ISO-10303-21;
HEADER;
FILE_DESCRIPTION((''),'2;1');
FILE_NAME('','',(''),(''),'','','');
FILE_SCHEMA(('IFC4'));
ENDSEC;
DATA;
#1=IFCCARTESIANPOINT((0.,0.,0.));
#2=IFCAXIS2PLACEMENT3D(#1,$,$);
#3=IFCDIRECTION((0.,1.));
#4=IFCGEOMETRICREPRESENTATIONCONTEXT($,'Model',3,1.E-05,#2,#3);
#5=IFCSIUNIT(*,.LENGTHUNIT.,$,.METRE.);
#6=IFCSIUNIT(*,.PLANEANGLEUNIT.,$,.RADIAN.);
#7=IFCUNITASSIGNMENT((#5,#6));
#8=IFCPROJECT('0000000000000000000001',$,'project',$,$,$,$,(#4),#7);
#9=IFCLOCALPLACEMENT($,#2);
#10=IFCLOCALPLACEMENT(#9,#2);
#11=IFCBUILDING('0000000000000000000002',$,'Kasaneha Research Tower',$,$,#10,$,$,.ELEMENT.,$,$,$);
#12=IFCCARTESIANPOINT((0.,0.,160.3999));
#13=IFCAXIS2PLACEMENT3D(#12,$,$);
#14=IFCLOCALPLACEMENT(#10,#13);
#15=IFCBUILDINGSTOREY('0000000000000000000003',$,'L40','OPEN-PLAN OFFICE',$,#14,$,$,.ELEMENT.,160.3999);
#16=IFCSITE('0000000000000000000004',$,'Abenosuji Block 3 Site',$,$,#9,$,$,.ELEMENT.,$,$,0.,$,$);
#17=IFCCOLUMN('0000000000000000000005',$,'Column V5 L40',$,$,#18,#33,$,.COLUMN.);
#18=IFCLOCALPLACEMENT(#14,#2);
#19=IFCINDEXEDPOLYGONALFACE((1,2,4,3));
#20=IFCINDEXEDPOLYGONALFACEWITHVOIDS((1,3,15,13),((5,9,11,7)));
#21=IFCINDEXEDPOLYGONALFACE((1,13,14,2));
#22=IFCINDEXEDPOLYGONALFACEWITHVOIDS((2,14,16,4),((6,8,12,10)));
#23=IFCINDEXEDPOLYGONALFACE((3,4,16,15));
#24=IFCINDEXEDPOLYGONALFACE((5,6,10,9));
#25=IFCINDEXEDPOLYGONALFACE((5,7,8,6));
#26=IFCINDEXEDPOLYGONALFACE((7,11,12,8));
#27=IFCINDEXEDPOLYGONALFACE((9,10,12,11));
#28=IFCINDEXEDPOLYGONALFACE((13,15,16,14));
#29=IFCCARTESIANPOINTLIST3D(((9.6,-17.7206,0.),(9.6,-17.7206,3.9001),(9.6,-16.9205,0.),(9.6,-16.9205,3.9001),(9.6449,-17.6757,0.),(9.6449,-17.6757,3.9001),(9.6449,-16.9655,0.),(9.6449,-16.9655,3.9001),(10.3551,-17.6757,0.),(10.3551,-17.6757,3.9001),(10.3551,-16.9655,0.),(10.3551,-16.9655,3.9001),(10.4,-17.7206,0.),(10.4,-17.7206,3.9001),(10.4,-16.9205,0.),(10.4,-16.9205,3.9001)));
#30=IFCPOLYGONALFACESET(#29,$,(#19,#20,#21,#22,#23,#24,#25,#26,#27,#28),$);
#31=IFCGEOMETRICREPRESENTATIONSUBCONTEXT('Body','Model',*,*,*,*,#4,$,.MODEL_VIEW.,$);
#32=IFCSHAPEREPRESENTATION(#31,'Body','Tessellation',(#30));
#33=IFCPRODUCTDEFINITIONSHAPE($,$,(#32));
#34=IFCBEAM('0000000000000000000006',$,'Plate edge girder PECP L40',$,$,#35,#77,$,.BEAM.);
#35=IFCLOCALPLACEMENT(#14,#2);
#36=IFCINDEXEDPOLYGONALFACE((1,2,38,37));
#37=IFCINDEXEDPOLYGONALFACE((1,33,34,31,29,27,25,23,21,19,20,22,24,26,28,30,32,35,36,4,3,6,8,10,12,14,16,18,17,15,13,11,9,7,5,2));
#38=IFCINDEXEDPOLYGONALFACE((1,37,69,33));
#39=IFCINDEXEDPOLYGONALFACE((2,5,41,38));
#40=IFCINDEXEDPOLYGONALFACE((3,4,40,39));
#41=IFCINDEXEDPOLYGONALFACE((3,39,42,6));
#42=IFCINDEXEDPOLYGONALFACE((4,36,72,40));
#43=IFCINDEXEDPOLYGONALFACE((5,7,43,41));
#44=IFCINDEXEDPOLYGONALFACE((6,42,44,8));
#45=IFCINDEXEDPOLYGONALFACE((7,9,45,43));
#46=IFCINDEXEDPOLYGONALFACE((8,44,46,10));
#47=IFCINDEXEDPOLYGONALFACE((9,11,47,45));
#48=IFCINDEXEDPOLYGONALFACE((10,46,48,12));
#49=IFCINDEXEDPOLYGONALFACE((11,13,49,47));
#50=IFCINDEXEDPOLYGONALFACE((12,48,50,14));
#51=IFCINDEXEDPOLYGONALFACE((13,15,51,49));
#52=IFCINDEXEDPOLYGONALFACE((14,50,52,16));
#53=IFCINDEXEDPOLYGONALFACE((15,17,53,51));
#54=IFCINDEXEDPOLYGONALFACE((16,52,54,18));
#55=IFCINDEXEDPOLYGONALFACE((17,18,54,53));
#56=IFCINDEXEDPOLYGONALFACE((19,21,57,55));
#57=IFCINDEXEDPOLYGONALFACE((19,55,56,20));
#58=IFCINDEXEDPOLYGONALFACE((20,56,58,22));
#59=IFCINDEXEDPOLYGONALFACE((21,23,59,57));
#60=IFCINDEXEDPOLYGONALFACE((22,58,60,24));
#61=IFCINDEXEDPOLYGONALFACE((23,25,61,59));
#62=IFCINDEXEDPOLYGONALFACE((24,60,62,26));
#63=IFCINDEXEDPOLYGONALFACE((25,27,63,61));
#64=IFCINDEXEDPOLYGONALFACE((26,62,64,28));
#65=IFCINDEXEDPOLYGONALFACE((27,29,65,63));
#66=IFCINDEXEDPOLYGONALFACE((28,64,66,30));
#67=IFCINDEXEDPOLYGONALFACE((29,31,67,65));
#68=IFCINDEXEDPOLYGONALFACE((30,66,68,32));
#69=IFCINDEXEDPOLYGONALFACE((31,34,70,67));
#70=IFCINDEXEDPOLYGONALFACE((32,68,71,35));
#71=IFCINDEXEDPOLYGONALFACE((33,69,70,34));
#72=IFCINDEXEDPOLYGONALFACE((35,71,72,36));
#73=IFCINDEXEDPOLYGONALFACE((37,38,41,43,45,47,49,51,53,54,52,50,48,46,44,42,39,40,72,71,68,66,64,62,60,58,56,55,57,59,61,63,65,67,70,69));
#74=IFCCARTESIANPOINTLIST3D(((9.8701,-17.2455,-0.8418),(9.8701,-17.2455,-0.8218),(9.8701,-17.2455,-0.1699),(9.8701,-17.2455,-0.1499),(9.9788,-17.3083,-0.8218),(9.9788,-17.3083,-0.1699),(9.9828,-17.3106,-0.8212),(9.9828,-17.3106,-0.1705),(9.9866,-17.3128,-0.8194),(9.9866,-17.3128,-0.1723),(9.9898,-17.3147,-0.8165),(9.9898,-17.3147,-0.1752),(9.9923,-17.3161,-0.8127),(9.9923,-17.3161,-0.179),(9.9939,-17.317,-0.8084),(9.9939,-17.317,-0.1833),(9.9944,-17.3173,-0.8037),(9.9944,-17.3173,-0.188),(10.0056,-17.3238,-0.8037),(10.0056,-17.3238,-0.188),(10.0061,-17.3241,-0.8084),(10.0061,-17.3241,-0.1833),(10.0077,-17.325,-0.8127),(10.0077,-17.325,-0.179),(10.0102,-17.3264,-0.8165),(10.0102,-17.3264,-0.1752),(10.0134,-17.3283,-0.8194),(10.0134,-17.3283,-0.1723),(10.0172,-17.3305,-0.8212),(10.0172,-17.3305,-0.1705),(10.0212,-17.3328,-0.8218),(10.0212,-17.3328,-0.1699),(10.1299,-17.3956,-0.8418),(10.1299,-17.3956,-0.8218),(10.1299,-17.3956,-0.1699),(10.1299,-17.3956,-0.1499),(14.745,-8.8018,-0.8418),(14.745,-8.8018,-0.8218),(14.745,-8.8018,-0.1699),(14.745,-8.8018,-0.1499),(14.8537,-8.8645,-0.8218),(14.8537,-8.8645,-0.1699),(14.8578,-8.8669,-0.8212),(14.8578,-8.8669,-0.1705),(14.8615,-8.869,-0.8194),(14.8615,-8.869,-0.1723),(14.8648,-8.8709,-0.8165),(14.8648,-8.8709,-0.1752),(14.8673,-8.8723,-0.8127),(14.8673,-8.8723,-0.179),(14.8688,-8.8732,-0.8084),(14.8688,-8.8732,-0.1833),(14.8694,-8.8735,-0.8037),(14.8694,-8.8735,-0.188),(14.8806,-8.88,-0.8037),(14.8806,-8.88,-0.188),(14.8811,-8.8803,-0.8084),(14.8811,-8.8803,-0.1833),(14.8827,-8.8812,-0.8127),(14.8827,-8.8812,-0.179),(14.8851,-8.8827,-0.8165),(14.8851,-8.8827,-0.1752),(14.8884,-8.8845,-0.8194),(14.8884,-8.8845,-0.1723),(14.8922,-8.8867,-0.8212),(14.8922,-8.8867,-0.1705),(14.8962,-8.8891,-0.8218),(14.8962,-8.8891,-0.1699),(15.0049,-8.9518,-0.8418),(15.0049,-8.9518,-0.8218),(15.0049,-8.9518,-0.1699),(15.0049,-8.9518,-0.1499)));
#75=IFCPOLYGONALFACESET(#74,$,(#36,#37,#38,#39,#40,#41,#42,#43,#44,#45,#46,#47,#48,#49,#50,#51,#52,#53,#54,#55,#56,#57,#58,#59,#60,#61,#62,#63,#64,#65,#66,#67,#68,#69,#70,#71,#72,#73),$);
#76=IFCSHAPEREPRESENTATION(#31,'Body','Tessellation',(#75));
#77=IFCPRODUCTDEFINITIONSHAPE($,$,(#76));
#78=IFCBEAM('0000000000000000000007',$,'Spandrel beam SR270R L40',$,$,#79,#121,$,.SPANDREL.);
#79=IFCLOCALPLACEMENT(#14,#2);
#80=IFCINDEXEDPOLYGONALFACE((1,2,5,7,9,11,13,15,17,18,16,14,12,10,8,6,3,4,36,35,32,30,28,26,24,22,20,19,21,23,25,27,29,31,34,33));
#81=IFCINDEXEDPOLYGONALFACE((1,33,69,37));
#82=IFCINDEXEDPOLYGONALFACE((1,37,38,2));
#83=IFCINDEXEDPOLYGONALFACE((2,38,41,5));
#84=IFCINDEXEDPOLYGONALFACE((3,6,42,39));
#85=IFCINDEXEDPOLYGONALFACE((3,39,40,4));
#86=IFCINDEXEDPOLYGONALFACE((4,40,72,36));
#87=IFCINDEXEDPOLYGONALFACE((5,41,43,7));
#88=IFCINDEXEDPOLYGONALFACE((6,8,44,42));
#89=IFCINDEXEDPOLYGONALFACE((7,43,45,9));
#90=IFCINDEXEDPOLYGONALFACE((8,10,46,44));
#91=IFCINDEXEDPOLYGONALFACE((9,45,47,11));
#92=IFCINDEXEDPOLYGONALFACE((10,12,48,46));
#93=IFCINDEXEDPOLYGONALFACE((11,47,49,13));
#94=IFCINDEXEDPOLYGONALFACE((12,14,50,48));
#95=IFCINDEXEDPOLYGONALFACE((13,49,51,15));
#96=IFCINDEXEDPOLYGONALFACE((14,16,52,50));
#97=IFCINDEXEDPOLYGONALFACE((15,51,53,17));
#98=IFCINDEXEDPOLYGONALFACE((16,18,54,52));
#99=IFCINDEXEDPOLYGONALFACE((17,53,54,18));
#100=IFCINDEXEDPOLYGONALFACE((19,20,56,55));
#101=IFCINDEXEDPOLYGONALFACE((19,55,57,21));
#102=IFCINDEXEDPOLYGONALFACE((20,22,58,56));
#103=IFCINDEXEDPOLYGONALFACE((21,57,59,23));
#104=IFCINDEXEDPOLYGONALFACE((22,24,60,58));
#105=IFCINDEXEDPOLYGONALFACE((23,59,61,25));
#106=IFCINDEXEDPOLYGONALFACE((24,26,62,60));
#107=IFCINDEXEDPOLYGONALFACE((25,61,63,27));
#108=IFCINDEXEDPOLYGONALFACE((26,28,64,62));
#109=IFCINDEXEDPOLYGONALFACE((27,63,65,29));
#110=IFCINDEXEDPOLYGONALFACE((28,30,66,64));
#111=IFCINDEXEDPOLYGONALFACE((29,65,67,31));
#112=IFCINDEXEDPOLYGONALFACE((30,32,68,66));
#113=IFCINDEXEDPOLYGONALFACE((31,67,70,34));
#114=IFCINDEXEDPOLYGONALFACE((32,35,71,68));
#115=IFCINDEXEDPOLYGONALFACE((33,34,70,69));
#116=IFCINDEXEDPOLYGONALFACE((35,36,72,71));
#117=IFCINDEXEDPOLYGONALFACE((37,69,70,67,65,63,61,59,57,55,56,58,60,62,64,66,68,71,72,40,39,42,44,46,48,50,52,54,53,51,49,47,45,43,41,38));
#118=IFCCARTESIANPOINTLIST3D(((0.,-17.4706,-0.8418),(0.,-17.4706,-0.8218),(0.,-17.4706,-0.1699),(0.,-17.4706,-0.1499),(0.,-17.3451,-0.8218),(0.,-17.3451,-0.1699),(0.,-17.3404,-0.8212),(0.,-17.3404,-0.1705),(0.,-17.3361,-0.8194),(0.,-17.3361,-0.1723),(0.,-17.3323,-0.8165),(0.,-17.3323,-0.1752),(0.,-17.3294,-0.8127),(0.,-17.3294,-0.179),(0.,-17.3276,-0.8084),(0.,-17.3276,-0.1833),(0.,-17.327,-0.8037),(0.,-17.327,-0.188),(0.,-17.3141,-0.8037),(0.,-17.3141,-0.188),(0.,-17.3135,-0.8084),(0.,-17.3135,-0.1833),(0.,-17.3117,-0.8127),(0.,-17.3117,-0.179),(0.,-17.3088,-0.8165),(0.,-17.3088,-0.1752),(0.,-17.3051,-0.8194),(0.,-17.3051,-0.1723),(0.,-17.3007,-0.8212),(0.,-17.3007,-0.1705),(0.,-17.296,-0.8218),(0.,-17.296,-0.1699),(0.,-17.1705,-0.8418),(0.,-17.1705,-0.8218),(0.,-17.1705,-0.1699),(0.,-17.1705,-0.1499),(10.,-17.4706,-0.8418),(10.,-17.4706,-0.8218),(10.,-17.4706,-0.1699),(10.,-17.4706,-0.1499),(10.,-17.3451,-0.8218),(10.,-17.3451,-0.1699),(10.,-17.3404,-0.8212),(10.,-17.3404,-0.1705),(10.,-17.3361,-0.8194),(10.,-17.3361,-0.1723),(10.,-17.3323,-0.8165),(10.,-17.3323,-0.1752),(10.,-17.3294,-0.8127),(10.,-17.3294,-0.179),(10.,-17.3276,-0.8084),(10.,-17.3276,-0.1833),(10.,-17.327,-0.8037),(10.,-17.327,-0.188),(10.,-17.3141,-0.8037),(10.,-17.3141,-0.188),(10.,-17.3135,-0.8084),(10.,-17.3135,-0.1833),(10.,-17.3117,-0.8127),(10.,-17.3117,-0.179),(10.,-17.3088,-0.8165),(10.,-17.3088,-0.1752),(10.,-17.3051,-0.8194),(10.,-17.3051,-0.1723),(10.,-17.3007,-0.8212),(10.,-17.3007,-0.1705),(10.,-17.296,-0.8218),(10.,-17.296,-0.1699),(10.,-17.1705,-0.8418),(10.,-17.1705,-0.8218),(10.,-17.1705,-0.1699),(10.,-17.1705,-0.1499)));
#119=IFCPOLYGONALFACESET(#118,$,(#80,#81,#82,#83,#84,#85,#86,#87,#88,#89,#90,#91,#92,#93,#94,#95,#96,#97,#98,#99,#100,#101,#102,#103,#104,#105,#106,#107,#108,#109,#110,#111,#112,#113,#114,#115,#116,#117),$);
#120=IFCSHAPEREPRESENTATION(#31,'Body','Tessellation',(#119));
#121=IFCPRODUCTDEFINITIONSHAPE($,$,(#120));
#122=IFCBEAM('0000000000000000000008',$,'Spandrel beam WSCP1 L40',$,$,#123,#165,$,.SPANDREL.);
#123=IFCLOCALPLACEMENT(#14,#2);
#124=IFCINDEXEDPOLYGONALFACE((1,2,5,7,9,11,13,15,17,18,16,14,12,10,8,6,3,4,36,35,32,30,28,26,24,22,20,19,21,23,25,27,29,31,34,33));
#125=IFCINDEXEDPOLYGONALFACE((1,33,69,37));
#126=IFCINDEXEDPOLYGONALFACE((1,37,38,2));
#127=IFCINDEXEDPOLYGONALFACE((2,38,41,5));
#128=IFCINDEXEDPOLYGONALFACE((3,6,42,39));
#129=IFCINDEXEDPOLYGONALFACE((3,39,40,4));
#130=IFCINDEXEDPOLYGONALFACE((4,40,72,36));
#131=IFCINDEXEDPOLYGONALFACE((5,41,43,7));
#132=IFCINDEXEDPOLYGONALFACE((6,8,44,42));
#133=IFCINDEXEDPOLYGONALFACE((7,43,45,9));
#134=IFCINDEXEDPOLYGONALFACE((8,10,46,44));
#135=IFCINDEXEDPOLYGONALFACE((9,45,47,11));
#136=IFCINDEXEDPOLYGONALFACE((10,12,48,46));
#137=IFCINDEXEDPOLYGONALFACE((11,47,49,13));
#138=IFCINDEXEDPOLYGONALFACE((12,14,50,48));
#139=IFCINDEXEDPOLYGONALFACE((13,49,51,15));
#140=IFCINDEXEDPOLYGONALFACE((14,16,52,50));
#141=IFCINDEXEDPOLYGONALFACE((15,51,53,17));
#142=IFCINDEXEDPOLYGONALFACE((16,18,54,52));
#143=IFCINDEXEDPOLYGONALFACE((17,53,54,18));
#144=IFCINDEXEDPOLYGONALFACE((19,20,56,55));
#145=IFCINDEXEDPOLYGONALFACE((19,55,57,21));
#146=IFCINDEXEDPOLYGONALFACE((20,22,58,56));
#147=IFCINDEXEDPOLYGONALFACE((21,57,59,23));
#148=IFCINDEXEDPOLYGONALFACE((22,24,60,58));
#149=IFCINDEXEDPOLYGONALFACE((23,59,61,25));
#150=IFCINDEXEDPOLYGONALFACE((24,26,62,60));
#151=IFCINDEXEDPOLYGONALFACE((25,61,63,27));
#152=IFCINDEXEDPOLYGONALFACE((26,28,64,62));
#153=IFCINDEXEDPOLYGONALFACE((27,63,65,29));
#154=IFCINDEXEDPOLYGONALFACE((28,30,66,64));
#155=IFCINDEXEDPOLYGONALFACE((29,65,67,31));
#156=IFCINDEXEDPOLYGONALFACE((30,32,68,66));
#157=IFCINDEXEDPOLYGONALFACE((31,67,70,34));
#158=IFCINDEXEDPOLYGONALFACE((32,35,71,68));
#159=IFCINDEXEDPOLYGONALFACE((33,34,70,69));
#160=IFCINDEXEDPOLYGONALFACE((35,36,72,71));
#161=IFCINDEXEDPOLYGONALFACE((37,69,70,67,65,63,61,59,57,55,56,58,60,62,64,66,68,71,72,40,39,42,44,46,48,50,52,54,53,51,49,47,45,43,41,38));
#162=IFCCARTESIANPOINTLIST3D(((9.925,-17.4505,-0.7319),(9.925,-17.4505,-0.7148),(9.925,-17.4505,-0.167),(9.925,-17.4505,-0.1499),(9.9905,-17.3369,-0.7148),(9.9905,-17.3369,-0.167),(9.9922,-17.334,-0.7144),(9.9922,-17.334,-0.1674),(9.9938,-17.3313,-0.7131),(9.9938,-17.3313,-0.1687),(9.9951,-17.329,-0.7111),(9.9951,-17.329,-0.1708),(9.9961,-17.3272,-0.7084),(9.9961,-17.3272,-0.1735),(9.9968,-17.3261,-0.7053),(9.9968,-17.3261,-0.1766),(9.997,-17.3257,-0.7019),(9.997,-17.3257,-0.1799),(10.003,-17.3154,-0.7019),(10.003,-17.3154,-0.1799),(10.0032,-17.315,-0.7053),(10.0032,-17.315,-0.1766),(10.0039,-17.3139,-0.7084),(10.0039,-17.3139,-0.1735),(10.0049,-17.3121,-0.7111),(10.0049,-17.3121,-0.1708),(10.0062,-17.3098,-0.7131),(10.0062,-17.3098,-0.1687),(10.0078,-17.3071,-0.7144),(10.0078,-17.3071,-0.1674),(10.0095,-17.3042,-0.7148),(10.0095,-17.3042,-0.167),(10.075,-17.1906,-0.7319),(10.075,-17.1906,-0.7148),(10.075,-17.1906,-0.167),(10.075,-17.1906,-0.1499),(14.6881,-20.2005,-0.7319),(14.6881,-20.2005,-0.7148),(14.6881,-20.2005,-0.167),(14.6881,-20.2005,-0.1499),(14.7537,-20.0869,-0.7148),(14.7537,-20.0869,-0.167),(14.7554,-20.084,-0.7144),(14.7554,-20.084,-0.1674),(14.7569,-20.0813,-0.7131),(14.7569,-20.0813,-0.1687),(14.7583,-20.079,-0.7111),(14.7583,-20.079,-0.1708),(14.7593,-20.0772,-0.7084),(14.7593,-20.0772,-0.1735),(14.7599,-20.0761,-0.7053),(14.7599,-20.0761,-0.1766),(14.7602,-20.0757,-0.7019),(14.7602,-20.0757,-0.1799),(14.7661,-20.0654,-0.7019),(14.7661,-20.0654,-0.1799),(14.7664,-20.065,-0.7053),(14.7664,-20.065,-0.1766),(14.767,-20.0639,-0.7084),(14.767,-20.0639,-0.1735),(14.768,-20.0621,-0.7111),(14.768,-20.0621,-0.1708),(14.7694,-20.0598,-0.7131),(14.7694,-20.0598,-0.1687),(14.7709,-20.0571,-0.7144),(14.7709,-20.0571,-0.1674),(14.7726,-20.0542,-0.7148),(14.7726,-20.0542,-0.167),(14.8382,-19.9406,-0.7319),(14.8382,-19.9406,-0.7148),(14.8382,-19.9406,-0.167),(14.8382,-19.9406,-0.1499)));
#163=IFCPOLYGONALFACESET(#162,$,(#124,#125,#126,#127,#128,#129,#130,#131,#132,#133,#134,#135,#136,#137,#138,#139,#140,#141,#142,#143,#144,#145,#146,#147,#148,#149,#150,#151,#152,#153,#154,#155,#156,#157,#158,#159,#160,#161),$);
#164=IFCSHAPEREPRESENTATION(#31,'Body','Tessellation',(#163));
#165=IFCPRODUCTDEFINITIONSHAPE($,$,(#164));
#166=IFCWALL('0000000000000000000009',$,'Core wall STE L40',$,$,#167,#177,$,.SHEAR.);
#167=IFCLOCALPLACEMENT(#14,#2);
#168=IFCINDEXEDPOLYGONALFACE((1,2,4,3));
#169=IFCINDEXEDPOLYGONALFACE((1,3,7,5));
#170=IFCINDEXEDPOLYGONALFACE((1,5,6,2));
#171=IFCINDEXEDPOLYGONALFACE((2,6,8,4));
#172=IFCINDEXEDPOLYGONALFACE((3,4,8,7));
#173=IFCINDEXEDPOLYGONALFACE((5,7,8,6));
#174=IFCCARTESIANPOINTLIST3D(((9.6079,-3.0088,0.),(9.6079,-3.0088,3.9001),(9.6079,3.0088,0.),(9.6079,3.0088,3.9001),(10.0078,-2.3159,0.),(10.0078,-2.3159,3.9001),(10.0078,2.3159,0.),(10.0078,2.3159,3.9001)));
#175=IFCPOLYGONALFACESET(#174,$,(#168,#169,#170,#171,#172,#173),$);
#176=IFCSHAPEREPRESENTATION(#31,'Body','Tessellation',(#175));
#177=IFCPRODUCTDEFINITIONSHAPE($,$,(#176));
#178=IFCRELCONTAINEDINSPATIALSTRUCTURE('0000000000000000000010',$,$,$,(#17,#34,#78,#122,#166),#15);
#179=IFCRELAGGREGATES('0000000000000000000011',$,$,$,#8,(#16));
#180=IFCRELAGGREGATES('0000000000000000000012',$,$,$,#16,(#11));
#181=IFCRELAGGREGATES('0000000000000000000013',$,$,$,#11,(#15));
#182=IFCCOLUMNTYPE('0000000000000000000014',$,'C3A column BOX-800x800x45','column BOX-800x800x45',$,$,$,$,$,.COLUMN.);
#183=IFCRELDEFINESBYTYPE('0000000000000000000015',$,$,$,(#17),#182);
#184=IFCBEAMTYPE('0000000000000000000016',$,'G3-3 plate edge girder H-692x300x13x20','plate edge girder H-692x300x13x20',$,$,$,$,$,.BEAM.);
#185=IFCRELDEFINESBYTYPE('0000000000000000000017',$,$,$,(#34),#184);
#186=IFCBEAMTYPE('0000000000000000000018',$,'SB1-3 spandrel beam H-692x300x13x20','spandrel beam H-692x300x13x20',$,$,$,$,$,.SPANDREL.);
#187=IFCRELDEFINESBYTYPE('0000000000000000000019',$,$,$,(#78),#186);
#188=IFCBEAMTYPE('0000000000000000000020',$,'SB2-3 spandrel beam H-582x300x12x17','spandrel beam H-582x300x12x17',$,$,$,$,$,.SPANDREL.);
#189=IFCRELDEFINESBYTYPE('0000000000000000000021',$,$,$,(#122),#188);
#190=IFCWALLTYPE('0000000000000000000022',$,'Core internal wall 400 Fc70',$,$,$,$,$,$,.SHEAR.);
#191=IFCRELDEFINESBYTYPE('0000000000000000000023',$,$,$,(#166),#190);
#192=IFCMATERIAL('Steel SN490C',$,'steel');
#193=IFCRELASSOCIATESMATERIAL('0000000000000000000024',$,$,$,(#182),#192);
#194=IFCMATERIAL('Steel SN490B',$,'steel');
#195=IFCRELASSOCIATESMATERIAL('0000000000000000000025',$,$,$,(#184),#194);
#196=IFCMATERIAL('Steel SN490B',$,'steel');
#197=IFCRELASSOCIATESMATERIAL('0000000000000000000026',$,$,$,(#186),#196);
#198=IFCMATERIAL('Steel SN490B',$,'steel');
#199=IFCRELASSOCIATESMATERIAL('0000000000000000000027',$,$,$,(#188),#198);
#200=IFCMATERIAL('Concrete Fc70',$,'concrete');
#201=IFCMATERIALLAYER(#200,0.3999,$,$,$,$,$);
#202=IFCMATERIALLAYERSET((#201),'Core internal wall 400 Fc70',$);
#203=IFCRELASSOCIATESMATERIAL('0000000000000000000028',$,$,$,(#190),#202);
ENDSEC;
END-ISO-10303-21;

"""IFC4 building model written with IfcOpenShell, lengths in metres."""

from ifc_helpers import new_model, si_unit, direction, frame, origin, origin_2d, place, context, subcontext, project, spatial, polyline, hollow_rectangle, i_section, outline, extrude, material, layer, layer_set, material_profile, profile_set, type_object, element, save


model = new_model("IFC4")

# Units and contexts
model_context = context("Model", 3, precision=1e-05, world=origin(), true_north=direction((0.0, 1.0)))
body_context = subcontext(model_context, "Body", "Model", "MODEL_VIEW")
ifc_project = project(units=[si_unit("LENGTHUNIT", "METRE"), si_unit("PLANEANGLEUNIT", "RADIAN")], contexts=[model_context])

# Site, building, storey
site_placement = place(None, origin())
site = spatial("IfcSite", under=ifc_project, at=site_placement, Name="Abenosuji Block 3 Site", CompositionType="ELEMENT", RefElevation=0.0)
building_placement = place(site_placement, origin())
building = spatial("IfcBuilding", under=site, at=building_placement, Name="Kasaneha Research Tower", CompositionType="ELEMENT")
storey_placement = place(building_placement, frame((0.0, 0.0, 160.3999)))
storey = spatial("IfcBuildingStorey", under=building, at=storey_placement, Name="L40", Description="OPEN-PLAN OFFICE", CompositionType="ELEMENT", Elevation=160.3999)

# Column
ifc_material_1 = material(Name="Steel SN490C", Category="steel")
ifc_material_profile_1 = material_profile(ifc_material_1, hollow_rectangle(XDim=0.8, YDim=0.8, WallThickness=0.0449, at=origin_2d()), Name="BOX-800x800x45")
ifc_profile_set_1 = profile_set([ifc_material_profile_1], Name="Steel SN490C")
column_type = type_object("IfcColumnType", Name="C3A column BOX-800x800x45", Description="column BOX-800x800x45", PredefinedType="COLUMN", material=ifc_profile_set_1)
column_placement = place(storey_placement, frame((10.0, -17.3206, 0.0), z_axis=(0.0, 0.0, 1.0), x_axis=(1.0, 0.0, 0.0)))
element("IfcColumn", 1, at=column_placement, inside=storey, type_object=column_type, Name="Column V5 L40", PredefinedType="COLUMN", context=body_context, shape_type="SweptSolid", body=[
    extrude(hollow_rectangle(XDim=0.8, YDim=0.8, WallThickness=0.0449, at=origin_2d()), origin(), (0.0, 0.0, 1.0), 3.9001),
])

# Beams
ifc_material_2 = material(Name="Steel SN490B", Category="steel")
ifc_material_profile_2 = material_profile(ifc_material_2, i_section(OverallWidth=0.3, OverallDepth=0.6919, WebThickness=0.0129, FlangeThickness=0.02, FilletRadius=0.0181, at=origin_2d()), Name="H-692x300x13x20")
ifc_profile_set_2 = profile_set([ifc_material_profile_2], Name="Steel SN490B")
beam_type_1 = type_object("IfcBeamType", Name="G3-3 plate edge girder H-692x300x13x20", Description="plate edge girder H-692x300x13x20", PredefinedType="BEAM", material=ifc_profile_set_2)
beam_1_placement = place(storey_placement, frame((10.0, -17.3206, -0.4958), z_axis=(0.499996, 0.866028, 0.0), x_axis=(-0.866028, 0.499996, 0.0)))
element("IfcBeam", 2, at=beam_1_placement, inside=storey, type_object=beam_type_1, Name="Plate edge girder PECP L40", PredefinedType="BEAM", context=body_context, shape_type="SweptSolid", body=[
    extrude(i_section(OverallWidth=0.3, OverallDepth=0.6919, WebThickness=0.0129, FlangeThickness=0.02, FilletRadius=0.0181, at=origin_2d()), origin(), (0.0, 0.0, 1.0), 9.75),
])
ifc_material_3 = material(Name="Steel SN490B", Category="steel")
ifc_material_profile_3 = material_profile(ifc_material_3, i_section(OverallWidth=0.3, OverallDepth=0.6919, WebThickness=0.0129, FlangeThickness=0.02, FilletRadius=0.0181, at=origin_2d()), Name="H-692x300x13x20")
ifc_profile_set_3 = profile_set([ifc_material_profile_3], Name="Steel SN490B")
beam_type_2 = type_object("IfcBeamType", Name="SB1-3 spandrel beam H-692x300x13x20", Description="spandrel beam H-692x300x13x20", PredefinedType="SPANDREL", material=ifc_profile_set_3)
beam_2_placement = place(storey_placement, frame((10.0, -17.3206, -0.4958), z_axis=(-1.0, 0.0, 0.0), x_axis=(0.0, -1.0, 0.0)))
element("IfcBeam", 3, at=beam_2_placement, inside=storey, type_object=beam_type_2, Name="Spandrel beam SR270R L40", PredefinedType="SPANDREL", context=body_context, shape_type="SweptSolid", body=[
    extrude(i_section(OverallWidth=0.3, OverallDepth=0.6919, WebThickness=0.0129, FlangeThickness=0.02, FilletRadius=0.0181, at=origin_2d()), origin(), (0.0, 0.0, 1.0), 10.0),
])
ifc_material_4 = material(Name="Steel SN490B", Category="steel")
ifc_material_profile_4 = material_profile(ifc_material_4, i_section(OverallWidth=0.3, OverallDepth=0.582, WebThickness=0.012, FlangeThickness=0.0171, FilletRadius=0.0129, at=origin_2d()), Name="H-582x300x12x17")
ifc_profile_set_4 = profile_set([ifc_material_profile_4], Name="Steel SN490B")
beam_type_3 = type_object("IfcBeamType", Name="SB2-3 spandrel beam H-582x300x12x17", Description="spandrel beam H-582x300x12x17", PredefinedType="SPANDREL", material=ifc_profile_set_4)
beam_3_placement = place(storey_placement, frame((10.0, -17.3206, -0.4409), z_axis=(0.866027, -0.499997, 0.0), x_axis=(0.499997, 0.866027, 0.0)))
element("IfcBeam", 4, at=beam_3_placement, inside=storey, type_object=beam_type_3, Name="Spandrel beam WSCP1 L40", PredefinedType="SPANDREL", context=body_context, shape_type="SweptSolid", body=[
    extrude(i_section(OverallWidth=0.3, OverallDepth=0.582, WebThickness=0.012, FlangeThickness=0.0171, FilletRadius=0.0129, at=origin_2d()), origin(), (0.0, 0.0, 1.0), 5.5),
])

# Wall
ifc_material_5 = material(Name="Concrete Fc70", Category="concrete")
ifc_layer_1 = layer(ifc_material_5, 0.3999)
ifc_layer_set_1 = layer_set([ifc_layer_1], Name="Core internal wall 400 Fc70")
wall_type_1 = type_object("IfcWallType", Name="Core internal wall 400 Fc70", PredefinedType="SHEAR", material=ifc_layer_set_1)
wall_1_placement = place(storey_placement, frame((9.8079, -2.6624, 0.0), z_axis=(0.0, 0.0, 1.0), x_axis=(0.0, 1.0, 0.0)))
element("IfcWall", 5, at=wall_1_placement, inside=storey, type_object=wall_type_1, Name="Core wall STE L40", PredefinedType="SHEAR", context=body_context, shape_type="SweptSolid", body=[
    extrude(outline(polyline([(0.3464, -0.2), (4.9783, -0.2), (5.6711, 0.2), (-0.3464, 0.2), (0.3464, -0.2)])), origin(), (0.0, 0.0, 1.0), 3.9001),
])

save(model, "model.ifc")
